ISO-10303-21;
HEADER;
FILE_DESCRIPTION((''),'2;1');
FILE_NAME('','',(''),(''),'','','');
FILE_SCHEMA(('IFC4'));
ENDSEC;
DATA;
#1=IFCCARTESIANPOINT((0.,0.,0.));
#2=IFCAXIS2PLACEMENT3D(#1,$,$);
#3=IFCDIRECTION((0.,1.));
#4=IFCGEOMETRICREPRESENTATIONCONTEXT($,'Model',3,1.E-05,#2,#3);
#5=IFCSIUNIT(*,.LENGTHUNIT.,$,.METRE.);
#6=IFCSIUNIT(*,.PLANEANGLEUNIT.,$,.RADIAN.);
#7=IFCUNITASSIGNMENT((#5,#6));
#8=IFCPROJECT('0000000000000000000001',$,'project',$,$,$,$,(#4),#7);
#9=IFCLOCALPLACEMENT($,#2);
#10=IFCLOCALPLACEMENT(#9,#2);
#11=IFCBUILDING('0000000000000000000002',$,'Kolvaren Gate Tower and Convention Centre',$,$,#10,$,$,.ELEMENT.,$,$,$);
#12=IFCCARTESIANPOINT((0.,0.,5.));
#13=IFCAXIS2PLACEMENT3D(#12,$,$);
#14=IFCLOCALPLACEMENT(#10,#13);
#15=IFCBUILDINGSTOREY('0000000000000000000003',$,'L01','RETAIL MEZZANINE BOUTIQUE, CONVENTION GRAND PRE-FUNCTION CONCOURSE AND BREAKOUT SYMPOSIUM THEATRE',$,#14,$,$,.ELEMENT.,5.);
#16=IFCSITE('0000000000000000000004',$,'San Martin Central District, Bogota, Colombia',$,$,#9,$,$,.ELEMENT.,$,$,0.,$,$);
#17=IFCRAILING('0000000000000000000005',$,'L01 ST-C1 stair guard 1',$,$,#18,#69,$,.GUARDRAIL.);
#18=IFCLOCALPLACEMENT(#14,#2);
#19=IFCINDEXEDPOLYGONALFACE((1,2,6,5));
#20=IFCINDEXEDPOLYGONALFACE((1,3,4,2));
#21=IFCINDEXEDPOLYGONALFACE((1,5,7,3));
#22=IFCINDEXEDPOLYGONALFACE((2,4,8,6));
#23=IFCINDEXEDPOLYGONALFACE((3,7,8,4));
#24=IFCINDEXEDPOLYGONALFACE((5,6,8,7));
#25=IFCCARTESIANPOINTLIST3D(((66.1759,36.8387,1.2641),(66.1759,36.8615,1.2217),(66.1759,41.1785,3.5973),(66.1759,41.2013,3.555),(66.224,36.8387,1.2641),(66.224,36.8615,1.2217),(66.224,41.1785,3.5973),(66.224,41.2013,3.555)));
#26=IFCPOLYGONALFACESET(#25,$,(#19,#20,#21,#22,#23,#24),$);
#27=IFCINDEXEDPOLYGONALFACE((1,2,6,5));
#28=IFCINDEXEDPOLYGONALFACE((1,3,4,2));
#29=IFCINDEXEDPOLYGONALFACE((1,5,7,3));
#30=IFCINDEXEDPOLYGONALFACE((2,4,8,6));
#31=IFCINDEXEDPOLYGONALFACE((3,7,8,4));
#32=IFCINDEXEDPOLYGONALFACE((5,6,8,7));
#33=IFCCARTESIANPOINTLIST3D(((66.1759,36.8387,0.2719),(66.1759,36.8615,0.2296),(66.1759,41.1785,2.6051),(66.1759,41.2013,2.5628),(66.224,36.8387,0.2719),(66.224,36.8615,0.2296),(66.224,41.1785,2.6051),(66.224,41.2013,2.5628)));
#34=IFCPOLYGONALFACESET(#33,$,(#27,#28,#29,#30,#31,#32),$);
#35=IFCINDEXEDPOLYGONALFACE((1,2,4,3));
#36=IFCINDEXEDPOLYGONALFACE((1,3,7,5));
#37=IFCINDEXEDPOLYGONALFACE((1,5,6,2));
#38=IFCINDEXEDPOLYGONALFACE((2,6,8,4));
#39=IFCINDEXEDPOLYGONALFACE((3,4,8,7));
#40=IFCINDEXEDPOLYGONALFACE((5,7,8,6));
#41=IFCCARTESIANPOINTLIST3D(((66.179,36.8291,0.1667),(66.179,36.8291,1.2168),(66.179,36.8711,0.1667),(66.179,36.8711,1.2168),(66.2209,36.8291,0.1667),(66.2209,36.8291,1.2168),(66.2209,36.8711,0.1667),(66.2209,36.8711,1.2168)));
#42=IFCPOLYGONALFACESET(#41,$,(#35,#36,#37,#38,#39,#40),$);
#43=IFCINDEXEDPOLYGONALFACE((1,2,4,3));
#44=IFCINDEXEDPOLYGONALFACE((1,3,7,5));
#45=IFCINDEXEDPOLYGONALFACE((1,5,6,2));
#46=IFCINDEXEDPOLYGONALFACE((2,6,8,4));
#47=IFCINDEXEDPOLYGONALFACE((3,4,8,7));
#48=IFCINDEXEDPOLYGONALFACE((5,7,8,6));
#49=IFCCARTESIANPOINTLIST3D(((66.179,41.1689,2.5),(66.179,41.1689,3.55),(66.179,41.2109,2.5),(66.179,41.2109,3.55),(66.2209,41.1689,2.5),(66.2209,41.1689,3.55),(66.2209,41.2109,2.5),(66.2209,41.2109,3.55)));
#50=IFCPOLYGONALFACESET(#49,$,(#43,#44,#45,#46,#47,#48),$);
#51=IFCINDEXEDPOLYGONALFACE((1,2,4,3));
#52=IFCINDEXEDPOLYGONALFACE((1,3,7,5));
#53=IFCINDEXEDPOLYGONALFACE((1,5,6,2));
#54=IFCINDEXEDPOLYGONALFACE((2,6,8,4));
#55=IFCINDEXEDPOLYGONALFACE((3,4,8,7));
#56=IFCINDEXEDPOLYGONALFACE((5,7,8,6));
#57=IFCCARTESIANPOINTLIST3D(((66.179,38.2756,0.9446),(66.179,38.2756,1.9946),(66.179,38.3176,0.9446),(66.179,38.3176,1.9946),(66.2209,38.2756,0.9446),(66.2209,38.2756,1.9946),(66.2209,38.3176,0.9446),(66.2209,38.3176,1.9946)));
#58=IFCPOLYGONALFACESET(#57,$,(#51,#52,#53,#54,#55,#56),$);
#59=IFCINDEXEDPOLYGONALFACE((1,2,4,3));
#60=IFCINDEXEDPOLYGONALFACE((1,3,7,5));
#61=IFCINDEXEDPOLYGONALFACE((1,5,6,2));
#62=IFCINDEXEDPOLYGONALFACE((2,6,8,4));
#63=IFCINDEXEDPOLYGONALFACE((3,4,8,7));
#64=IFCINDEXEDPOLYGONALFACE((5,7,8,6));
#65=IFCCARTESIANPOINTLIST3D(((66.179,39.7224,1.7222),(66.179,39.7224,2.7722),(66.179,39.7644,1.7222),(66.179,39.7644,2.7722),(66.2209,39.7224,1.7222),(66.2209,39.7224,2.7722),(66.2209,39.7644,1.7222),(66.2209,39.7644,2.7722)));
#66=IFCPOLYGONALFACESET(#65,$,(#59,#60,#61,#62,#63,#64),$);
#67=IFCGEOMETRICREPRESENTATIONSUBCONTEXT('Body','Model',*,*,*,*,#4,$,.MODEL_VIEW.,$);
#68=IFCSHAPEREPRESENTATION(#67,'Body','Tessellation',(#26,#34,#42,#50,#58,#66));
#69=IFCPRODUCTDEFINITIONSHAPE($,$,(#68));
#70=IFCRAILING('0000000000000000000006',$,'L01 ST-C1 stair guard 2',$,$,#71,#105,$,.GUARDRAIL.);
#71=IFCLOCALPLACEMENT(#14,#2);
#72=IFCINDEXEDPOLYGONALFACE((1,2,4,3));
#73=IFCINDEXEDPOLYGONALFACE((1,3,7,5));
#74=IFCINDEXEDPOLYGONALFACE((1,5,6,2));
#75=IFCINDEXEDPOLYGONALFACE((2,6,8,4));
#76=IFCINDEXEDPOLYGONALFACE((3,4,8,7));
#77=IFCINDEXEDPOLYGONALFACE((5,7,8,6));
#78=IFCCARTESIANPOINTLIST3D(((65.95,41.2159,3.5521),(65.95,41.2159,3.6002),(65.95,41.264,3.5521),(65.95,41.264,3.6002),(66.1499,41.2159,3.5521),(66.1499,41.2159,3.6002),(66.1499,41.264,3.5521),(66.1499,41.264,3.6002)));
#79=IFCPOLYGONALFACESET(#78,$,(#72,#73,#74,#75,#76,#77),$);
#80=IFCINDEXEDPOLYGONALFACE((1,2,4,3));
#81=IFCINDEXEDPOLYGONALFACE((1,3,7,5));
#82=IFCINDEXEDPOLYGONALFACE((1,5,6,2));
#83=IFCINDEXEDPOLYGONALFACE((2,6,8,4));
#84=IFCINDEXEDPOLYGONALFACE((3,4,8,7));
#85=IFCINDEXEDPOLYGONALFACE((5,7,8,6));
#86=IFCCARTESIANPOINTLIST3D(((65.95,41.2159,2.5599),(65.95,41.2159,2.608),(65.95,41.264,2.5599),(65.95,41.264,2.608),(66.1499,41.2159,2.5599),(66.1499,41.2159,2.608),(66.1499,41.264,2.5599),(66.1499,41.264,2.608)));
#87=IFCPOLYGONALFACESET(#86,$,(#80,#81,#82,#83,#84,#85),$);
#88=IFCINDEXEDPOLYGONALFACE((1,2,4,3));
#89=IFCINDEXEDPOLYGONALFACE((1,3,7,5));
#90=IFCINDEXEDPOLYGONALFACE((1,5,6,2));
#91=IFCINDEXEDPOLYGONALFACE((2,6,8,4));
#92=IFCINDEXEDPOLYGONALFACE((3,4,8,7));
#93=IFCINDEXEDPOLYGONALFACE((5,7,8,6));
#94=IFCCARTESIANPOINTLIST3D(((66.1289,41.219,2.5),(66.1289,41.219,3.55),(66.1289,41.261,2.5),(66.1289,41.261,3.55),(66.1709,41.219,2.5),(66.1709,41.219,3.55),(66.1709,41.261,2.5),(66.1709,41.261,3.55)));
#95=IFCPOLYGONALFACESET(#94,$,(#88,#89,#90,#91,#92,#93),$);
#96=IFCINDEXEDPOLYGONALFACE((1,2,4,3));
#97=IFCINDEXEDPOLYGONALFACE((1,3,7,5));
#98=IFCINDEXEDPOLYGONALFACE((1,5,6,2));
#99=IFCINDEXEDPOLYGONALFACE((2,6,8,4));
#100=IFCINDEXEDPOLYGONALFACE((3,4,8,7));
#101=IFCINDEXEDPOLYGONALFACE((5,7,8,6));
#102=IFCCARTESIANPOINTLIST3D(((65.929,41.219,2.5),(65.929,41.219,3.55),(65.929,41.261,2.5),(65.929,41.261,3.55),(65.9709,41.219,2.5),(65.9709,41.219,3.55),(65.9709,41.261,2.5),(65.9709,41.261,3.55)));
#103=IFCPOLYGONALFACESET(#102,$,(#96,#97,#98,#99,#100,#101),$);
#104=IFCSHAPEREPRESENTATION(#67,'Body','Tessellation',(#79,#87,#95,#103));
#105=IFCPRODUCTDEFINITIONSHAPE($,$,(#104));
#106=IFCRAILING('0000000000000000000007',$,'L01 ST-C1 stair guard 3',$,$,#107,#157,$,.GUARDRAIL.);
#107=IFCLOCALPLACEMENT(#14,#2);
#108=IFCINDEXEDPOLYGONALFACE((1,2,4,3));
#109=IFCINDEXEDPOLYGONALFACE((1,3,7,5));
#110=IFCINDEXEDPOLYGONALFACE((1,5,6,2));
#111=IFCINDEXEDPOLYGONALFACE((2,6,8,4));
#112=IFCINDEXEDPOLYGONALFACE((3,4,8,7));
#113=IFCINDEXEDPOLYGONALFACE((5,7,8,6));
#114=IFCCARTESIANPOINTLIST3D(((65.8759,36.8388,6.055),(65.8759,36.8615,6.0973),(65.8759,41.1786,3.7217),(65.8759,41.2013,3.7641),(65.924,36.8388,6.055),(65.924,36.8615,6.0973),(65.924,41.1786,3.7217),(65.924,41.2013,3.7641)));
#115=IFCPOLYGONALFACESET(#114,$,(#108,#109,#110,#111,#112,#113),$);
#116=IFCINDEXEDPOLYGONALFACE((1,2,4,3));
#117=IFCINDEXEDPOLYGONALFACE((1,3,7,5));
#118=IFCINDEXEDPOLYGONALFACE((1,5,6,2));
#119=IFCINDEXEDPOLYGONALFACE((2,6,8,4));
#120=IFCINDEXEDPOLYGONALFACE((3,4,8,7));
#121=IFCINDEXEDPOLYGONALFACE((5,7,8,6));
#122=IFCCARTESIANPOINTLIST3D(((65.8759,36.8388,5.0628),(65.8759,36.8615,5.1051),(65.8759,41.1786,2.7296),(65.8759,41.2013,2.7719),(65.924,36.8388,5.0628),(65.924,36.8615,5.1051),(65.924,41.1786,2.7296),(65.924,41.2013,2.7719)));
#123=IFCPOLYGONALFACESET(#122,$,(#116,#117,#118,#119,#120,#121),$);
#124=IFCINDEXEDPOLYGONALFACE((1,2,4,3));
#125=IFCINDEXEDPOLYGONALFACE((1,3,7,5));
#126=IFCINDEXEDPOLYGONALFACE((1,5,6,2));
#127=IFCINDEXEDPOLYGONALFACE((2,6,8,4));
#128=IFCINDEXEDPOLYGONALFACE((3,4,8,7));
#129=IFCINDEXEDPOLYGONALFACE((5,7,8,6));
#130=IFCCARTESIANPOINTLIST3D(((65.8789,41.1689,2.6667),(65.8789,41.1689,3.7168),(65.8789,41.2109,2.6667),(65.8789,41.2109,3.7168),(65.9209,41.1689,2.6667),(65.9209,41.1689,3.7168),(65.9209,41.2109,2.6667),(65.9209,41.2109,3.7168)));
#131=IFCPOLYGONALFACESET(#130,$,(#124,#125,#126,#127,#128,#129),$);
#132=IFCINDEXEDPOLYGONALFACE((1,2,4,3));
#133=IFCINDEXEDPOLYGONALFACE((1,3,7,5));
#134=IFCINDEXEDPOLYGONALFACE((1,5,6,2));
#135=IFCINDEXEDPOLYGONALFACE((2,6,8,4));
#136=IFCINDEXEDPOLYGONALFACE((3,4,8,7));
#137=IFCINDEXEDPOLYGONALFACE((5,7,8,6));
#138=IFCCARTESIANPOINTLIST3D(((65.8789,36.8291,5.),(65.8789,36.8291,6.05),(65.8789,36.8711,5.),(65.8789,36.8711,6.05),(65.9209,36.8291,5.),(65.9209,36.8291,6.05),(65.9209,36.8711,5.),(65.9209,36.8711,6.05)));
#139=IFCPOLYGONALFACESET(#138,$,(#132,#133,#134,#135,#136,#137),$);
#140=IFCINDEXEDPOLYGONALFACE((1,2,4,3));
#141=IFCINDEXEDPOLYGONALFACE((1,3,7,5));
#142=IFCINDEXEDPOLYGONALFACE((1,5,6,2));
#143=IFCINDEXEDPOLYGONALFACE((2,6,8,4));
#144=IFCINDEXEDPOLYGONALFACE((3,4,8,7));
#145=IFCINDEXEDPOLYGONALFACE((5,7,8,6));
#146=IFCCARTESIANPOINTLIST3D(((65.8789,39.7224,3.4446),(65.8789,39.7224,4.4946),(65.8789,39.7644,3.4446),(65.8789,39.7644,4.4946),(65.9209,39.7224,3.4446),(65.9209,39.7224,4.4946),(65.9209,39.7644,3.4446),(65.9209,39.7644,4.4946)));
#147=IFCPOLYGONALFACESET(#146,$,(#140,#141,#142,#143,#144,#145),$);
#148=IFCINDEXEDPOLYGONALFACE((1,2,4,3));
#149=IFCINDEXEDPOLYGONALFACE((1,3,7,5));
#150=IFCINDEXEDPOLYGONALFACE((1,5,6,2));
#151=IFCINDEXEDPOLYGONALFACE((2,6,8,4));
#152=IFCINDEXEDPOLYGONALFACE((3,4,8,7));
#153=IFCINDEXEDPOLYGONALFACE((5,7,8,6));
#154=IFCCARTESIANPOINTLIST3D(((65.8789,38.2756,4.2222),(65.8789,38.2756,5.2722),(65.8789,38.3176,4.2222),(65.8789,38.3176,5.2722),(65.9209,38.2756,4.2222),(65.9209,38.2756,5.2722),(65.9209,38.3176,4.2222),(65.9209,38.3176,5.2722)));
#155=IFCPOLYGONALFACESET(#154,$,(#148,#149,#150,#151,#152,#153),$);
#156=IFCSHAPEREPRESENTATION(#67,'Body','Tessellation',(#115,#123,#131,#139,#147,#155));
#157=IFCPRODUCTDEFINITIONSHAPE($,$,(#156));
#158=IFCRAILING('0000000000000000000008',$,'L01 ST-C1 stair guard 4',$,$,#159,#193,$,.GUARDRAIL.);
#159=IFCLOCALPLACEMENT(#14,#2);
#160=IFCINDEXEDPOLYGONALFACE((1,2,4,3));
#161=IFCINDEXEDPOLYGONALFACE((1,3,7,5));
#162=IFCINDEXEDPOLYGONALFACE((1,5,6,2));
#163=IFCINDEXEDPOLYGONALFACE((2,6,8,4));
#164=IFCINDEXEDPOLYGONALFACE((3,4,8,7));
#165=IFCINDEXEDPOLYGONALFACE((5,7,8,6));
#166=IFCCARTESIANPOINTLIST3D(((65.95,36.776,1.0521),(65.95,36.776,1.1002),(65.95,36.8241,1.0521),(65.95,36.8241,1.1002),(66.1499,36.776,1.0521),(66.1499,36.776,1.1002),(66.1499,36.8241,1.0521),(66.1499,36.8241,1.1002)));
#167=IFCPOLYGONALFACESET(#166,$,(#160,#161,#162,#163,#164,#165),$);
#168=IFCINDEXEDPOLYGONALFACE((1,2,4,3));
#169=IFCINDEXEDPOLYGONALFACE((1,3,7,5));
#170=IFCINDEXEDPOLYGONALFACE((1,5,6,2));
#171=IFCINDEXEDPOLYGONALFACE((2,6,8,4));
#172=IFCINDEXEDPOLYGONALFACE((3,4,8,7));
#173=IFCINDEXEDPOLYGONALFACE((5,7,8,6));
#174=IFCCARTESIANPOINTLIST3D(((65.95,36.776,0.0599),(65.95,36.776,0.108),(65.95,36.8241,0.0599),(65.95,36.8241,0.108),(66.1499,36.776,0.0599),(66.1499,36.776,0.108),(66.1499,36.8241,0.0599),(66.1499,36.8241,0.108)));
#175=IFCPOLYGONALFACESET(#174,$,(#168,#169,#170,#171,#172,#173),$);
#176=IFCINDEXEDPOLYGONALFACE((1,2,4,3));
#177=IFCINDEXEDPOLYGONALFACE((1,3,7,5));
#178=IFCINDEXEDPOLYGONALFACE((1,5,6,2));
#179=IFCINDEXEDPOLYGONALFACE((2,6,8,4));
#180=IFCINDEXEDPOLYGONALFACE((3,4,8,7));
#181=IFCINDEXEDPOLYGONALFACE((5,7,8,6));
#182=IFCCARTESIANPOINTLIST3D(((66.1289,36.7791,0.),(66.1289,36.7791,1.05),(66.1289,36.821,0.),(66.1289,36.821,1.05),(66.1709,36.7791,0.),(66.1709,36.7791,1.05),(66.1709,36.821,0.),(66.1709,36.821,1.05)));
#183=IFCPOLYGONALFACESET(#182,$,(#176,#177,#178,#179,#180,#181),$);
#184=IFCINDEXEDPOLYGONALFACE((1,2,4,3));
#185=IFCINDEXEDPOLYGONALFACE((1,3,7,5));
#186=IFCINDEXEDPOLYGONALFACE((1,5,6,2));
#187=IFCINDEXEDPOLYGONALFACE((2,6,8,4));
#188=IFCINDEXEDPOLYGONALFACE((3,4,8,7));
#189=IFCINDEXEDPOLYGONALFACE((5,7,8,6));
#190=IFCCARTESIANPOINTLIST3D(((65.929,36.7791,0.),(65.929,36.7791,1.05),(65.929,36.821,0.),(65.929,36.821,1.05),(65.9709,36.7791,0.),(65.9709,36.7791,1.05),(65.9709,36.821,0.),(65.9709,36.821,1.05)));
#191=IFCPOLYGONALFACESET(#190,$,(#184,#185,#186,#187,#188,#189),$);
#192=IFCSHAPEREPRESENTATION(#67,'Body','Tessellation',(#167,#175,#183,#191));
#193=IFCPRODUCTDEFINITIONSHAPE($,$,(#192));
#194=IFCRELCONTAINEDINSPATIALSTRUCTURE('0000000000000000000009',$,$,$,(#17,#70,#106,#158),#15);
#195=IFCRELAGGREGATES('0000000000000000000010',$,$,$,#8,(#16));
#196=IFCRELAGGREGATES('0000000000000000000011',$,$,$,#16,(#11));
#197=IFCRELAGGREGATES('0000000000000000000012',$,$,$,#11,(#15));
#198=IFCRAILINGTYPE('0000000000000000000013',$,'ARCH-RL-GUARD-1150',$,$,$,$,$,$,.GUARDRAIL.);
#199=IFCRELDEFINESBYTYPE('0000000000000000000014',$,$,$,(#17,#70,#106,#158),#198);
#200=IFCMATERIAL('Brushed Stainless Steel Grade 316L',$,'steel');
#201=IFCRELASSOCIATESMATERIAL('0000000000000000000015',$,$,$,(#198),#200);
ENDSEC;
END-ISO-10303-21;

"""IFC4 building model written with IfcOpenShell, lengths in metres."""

from ifc_helpers import new_model, si_unit, direction, frame, origin, origin_2d, place, context, subcontext, project, spatial, rectangle, extrude, material, type_object, element, save


model = new_model("IFC4")

# Units and contexts
model_context = context("Model", 3, precision=1e-05, world=origin(), true_north=direction((0.0, 1.0)))
body_context = subcontext(model_context, "Body", "Model", "MODEL_VIEW")
ifc_project = project(units=[si_unit("LENGTHUNIT", "METRE"), si_unit("PLANEANGLEUNIT", "RADIAN")], contexts=[model_context])

# Site, building, storey
site_placement = place(None, origin())
site = spatial("IfcSite", under=ifc_project, at=site_placement, Name="San Martin Central District, Bogota, Colombia", CompositionType="ELEMENT", RefElevation=0.0)
building_placement = place(site_placement, origin())
building = spatial("IfcBuilding", under=site, at=building_placement, Name="Kolvaren Gate Tower and Convention Centre", CompositionType="ELEMENT")
storey_placement = place(building_placement, frame((0.0, 0.0, 5.0)))
storey = spatial("IfcBuildingStorey", under=building, at=storey_placement, Name="L01", Description="RETAIL MEZZANINE BOUTIQUE, CONVENTION GRAND PRE-FUNCTION CONCOURSE AND BREAKOUT SYMPOSIUM THEATRE", CompositionType="ELEMENT", Elevation=5.0)

# Shared definitions
ifc_material_1 = material(Name="Brushed Stainless Steel Grade 316L", Category="steel")

# Railings
railing_type_1 = type_object("IfcRailingType", Name="ARCH-RL-GUARD-1150", PredefinedType="GUARDRAIL", material=ifc_material_1)
railing_1_placement = place(storey_placement, frame((66.2, 36.8501, 0.1667)))
element("IfcRailing", 1, at=railing_1_placement, inside=storey, type_object=railing_type_1, Name="L01 ST-C1 stair guard 1", PredefinedType="GUARDRAIL", context=body_context, shape_type="SweptSolid", body=[
    extrude(rectangle(XDim=0.0481, YDim=0.0481, at=origin_2d()), frame((0.0, 0.0, 1.0762), z_axis=(0.0, 0.880775, 0.473535), x_axis=(-1.0, 0.0, 0.0)), (0.0, 0.0, 1.0), 4.9272),
    extrude(rectangle(XDim=0.0481, YDim=0.0481, at=origin_2d()), frame((0.0, 0.0, 0.084), z_axis=(0.0, 0.880775, 0.473535), x_axis=(-1.0, 0.0, 0.0)), (0.0, 0.0, 1.0), 4.9272),
    extrude(rectangle(XDim=0.042, YDim=0.042, at=origin_2d()), origin(), (0.0, 0.0, 1.0), 1.05),
    extrude(rectangle(XDim=0.042, YDim=0.042, at=origin_2d()), frame((0.0, 4.3398, 2.3333)), (0.0, 0.0, 1.0), 1.05),
    extrude(rectangle(XDim=0.042, YDim=0.042, at=origin_2d()), frame((0.0, 1.4465, 0.7778)), (0.0, 0.0, 1.0), 1.05),
    extrude(rectangle(XDim=0.042, YDim=0.042, at=origin_2d()), frame((0.0, 2.8933, 1.5554)), (0.0, 0.0, 1.0), 1.05),
])
railing_2_placement = place(storey_placement, frame((66.1499, 41.24, 2.5)))
element("IfcRailing", 2, at=railing_2_placement, inside=storey, type_object=railing_type_1, Name="L01 ST-C1 stair guard 2", PredefinedType="GUARDRAIL", context=body_context, shape_type="SweptSolid", body=[
    extrude(rectangle(XDim=0.0481, YDim=0.0481, at=origin_2d()), frame((0.0, 0.0, 1.0762), z_axis=(-1.0, 0.0, 0.0), x_axis=(0.0, -1.0, 0.0)), (0.0, 0.0, 1.0), 0.2),
    extrude(rectangle(XDim=0.0481, YDim=0.0481, at=origin_2d()), frame((0.0, 0.0, 0.084), z_axis=(-1.0, 0.0, 0.0), x_axis=(0.0, -1.0, 0.0)), (0.0, 0.0, 1.0), 0.2),
    extrude(rectangle(XDim=0.042, YDim=0.042, at=origin_2d()), origin(), (0.0, 0.0, 1.0), 1.05),
    extrude(rectangle(XDim=0.042, YDim=0.042, at=origin_2d()), frame((-0.2, 0.0, 0.0)), (0.0, 0.0, 1.0), 1.05),
])
railing_3_placement = place(storey_placement, frame((65.8999, 41.1899, 2.6667)))
element("IfcRailing", 3, at=railing_3_placement, inside=storey, type_object=railing_type_1, Name="L01 ST-C1 stair guard 3", PredefinedType="GUARDRAIL", context=body_context, shape_type="SweptSolid", body=[
    extrude(rectangle(XDim=0.0481, YDim=0.0481, at=origin_2d()), frame((0.0, 0.0, 1.0762), z_axis=(0.0, -0.880775, 0.473535), x_axis=(1.0, 0.0, 0.0)), (0.0, 0.0, 1.0), 4.9272),
    extrude(rectangle(XDim=0.0481, YDim=0.0481, at=origin_2d()), frame((0.0, 0.0, 0.084), z_axis=(0.0, -0.880775, 0.473535), x_axis=(1.0, 0.0, 0.0)), (0.0, 0.0, 1.0), 4.9272),
    extrude(rectangle(XDim=0.042, YDim=0.042, at=origin_2d()), origin(), (0.0, 0.0, 1.0), 1.05),
    extrude(rectangle(XDim=0.042, YDim=0.042, at=origin_2d()), frame((0.0, -4.3398, 2.3333)), (0.0, 0.0, 1.0), 1.05),
    extrude(rectangle(XDim=0.042, YDim=0.042, at=origin_2d()), frame((0.0, -1.4465, 0.7778)), (0.0, 0.0, 1.0), 1.05),
    extrude(rectangle(XDim=0.042, YDim=0.042, at=origin_2d()), frame((0.0, -2.8933, 1.5554)), (0.0, 0.0, 1.0), 1.05),
])
railing_4_placement = place(storey_placement, frame((66.1499, 36.8, 0.0)))
element("IfcRailing", 4, at=railing_4_placement, inside=storey, type_object=railing_type_1, Name="L01 ST-C1 stair guard 4", PredefinedType="GUARDRAIL", context=body_context, shape_type="SweptSolid", body=[
    extrude(rectangle(XDim=0.0481, YDim=0.0481, at=origin_2d()), frame((0.0, 0.0, 1.0762), z_axis=(-1.0, 0.0, 0.0), x_axis=(0.0, -1.0, 0.0)), (0.0, 0.0, 1.0), 0.2),
    extrude(rectangle(XDim=0.0481, YDim=0.0481, at=origin_2d()), frame((0.0, 0.0, 0.084), z_axis=(-1.0, 0.0, 0.0), x_axis=(0.0, -1.0, 0.0)), (0.0, 0.0, 1.0), 0.2),
    extrude(rectangle(XDim=0.042, YDim=0.042, at=origin_2d()), origin(), (0.0, 0.0, 1.0), 1.05),
    extrude(rectangle(XDim=0.042, YDim=0.042, at=origin_2d()), frame((-0.2, 0.0, 0.0)), (0.0, 0.0, 1.0), 1.05),
])

save(model, "model.ifc")
